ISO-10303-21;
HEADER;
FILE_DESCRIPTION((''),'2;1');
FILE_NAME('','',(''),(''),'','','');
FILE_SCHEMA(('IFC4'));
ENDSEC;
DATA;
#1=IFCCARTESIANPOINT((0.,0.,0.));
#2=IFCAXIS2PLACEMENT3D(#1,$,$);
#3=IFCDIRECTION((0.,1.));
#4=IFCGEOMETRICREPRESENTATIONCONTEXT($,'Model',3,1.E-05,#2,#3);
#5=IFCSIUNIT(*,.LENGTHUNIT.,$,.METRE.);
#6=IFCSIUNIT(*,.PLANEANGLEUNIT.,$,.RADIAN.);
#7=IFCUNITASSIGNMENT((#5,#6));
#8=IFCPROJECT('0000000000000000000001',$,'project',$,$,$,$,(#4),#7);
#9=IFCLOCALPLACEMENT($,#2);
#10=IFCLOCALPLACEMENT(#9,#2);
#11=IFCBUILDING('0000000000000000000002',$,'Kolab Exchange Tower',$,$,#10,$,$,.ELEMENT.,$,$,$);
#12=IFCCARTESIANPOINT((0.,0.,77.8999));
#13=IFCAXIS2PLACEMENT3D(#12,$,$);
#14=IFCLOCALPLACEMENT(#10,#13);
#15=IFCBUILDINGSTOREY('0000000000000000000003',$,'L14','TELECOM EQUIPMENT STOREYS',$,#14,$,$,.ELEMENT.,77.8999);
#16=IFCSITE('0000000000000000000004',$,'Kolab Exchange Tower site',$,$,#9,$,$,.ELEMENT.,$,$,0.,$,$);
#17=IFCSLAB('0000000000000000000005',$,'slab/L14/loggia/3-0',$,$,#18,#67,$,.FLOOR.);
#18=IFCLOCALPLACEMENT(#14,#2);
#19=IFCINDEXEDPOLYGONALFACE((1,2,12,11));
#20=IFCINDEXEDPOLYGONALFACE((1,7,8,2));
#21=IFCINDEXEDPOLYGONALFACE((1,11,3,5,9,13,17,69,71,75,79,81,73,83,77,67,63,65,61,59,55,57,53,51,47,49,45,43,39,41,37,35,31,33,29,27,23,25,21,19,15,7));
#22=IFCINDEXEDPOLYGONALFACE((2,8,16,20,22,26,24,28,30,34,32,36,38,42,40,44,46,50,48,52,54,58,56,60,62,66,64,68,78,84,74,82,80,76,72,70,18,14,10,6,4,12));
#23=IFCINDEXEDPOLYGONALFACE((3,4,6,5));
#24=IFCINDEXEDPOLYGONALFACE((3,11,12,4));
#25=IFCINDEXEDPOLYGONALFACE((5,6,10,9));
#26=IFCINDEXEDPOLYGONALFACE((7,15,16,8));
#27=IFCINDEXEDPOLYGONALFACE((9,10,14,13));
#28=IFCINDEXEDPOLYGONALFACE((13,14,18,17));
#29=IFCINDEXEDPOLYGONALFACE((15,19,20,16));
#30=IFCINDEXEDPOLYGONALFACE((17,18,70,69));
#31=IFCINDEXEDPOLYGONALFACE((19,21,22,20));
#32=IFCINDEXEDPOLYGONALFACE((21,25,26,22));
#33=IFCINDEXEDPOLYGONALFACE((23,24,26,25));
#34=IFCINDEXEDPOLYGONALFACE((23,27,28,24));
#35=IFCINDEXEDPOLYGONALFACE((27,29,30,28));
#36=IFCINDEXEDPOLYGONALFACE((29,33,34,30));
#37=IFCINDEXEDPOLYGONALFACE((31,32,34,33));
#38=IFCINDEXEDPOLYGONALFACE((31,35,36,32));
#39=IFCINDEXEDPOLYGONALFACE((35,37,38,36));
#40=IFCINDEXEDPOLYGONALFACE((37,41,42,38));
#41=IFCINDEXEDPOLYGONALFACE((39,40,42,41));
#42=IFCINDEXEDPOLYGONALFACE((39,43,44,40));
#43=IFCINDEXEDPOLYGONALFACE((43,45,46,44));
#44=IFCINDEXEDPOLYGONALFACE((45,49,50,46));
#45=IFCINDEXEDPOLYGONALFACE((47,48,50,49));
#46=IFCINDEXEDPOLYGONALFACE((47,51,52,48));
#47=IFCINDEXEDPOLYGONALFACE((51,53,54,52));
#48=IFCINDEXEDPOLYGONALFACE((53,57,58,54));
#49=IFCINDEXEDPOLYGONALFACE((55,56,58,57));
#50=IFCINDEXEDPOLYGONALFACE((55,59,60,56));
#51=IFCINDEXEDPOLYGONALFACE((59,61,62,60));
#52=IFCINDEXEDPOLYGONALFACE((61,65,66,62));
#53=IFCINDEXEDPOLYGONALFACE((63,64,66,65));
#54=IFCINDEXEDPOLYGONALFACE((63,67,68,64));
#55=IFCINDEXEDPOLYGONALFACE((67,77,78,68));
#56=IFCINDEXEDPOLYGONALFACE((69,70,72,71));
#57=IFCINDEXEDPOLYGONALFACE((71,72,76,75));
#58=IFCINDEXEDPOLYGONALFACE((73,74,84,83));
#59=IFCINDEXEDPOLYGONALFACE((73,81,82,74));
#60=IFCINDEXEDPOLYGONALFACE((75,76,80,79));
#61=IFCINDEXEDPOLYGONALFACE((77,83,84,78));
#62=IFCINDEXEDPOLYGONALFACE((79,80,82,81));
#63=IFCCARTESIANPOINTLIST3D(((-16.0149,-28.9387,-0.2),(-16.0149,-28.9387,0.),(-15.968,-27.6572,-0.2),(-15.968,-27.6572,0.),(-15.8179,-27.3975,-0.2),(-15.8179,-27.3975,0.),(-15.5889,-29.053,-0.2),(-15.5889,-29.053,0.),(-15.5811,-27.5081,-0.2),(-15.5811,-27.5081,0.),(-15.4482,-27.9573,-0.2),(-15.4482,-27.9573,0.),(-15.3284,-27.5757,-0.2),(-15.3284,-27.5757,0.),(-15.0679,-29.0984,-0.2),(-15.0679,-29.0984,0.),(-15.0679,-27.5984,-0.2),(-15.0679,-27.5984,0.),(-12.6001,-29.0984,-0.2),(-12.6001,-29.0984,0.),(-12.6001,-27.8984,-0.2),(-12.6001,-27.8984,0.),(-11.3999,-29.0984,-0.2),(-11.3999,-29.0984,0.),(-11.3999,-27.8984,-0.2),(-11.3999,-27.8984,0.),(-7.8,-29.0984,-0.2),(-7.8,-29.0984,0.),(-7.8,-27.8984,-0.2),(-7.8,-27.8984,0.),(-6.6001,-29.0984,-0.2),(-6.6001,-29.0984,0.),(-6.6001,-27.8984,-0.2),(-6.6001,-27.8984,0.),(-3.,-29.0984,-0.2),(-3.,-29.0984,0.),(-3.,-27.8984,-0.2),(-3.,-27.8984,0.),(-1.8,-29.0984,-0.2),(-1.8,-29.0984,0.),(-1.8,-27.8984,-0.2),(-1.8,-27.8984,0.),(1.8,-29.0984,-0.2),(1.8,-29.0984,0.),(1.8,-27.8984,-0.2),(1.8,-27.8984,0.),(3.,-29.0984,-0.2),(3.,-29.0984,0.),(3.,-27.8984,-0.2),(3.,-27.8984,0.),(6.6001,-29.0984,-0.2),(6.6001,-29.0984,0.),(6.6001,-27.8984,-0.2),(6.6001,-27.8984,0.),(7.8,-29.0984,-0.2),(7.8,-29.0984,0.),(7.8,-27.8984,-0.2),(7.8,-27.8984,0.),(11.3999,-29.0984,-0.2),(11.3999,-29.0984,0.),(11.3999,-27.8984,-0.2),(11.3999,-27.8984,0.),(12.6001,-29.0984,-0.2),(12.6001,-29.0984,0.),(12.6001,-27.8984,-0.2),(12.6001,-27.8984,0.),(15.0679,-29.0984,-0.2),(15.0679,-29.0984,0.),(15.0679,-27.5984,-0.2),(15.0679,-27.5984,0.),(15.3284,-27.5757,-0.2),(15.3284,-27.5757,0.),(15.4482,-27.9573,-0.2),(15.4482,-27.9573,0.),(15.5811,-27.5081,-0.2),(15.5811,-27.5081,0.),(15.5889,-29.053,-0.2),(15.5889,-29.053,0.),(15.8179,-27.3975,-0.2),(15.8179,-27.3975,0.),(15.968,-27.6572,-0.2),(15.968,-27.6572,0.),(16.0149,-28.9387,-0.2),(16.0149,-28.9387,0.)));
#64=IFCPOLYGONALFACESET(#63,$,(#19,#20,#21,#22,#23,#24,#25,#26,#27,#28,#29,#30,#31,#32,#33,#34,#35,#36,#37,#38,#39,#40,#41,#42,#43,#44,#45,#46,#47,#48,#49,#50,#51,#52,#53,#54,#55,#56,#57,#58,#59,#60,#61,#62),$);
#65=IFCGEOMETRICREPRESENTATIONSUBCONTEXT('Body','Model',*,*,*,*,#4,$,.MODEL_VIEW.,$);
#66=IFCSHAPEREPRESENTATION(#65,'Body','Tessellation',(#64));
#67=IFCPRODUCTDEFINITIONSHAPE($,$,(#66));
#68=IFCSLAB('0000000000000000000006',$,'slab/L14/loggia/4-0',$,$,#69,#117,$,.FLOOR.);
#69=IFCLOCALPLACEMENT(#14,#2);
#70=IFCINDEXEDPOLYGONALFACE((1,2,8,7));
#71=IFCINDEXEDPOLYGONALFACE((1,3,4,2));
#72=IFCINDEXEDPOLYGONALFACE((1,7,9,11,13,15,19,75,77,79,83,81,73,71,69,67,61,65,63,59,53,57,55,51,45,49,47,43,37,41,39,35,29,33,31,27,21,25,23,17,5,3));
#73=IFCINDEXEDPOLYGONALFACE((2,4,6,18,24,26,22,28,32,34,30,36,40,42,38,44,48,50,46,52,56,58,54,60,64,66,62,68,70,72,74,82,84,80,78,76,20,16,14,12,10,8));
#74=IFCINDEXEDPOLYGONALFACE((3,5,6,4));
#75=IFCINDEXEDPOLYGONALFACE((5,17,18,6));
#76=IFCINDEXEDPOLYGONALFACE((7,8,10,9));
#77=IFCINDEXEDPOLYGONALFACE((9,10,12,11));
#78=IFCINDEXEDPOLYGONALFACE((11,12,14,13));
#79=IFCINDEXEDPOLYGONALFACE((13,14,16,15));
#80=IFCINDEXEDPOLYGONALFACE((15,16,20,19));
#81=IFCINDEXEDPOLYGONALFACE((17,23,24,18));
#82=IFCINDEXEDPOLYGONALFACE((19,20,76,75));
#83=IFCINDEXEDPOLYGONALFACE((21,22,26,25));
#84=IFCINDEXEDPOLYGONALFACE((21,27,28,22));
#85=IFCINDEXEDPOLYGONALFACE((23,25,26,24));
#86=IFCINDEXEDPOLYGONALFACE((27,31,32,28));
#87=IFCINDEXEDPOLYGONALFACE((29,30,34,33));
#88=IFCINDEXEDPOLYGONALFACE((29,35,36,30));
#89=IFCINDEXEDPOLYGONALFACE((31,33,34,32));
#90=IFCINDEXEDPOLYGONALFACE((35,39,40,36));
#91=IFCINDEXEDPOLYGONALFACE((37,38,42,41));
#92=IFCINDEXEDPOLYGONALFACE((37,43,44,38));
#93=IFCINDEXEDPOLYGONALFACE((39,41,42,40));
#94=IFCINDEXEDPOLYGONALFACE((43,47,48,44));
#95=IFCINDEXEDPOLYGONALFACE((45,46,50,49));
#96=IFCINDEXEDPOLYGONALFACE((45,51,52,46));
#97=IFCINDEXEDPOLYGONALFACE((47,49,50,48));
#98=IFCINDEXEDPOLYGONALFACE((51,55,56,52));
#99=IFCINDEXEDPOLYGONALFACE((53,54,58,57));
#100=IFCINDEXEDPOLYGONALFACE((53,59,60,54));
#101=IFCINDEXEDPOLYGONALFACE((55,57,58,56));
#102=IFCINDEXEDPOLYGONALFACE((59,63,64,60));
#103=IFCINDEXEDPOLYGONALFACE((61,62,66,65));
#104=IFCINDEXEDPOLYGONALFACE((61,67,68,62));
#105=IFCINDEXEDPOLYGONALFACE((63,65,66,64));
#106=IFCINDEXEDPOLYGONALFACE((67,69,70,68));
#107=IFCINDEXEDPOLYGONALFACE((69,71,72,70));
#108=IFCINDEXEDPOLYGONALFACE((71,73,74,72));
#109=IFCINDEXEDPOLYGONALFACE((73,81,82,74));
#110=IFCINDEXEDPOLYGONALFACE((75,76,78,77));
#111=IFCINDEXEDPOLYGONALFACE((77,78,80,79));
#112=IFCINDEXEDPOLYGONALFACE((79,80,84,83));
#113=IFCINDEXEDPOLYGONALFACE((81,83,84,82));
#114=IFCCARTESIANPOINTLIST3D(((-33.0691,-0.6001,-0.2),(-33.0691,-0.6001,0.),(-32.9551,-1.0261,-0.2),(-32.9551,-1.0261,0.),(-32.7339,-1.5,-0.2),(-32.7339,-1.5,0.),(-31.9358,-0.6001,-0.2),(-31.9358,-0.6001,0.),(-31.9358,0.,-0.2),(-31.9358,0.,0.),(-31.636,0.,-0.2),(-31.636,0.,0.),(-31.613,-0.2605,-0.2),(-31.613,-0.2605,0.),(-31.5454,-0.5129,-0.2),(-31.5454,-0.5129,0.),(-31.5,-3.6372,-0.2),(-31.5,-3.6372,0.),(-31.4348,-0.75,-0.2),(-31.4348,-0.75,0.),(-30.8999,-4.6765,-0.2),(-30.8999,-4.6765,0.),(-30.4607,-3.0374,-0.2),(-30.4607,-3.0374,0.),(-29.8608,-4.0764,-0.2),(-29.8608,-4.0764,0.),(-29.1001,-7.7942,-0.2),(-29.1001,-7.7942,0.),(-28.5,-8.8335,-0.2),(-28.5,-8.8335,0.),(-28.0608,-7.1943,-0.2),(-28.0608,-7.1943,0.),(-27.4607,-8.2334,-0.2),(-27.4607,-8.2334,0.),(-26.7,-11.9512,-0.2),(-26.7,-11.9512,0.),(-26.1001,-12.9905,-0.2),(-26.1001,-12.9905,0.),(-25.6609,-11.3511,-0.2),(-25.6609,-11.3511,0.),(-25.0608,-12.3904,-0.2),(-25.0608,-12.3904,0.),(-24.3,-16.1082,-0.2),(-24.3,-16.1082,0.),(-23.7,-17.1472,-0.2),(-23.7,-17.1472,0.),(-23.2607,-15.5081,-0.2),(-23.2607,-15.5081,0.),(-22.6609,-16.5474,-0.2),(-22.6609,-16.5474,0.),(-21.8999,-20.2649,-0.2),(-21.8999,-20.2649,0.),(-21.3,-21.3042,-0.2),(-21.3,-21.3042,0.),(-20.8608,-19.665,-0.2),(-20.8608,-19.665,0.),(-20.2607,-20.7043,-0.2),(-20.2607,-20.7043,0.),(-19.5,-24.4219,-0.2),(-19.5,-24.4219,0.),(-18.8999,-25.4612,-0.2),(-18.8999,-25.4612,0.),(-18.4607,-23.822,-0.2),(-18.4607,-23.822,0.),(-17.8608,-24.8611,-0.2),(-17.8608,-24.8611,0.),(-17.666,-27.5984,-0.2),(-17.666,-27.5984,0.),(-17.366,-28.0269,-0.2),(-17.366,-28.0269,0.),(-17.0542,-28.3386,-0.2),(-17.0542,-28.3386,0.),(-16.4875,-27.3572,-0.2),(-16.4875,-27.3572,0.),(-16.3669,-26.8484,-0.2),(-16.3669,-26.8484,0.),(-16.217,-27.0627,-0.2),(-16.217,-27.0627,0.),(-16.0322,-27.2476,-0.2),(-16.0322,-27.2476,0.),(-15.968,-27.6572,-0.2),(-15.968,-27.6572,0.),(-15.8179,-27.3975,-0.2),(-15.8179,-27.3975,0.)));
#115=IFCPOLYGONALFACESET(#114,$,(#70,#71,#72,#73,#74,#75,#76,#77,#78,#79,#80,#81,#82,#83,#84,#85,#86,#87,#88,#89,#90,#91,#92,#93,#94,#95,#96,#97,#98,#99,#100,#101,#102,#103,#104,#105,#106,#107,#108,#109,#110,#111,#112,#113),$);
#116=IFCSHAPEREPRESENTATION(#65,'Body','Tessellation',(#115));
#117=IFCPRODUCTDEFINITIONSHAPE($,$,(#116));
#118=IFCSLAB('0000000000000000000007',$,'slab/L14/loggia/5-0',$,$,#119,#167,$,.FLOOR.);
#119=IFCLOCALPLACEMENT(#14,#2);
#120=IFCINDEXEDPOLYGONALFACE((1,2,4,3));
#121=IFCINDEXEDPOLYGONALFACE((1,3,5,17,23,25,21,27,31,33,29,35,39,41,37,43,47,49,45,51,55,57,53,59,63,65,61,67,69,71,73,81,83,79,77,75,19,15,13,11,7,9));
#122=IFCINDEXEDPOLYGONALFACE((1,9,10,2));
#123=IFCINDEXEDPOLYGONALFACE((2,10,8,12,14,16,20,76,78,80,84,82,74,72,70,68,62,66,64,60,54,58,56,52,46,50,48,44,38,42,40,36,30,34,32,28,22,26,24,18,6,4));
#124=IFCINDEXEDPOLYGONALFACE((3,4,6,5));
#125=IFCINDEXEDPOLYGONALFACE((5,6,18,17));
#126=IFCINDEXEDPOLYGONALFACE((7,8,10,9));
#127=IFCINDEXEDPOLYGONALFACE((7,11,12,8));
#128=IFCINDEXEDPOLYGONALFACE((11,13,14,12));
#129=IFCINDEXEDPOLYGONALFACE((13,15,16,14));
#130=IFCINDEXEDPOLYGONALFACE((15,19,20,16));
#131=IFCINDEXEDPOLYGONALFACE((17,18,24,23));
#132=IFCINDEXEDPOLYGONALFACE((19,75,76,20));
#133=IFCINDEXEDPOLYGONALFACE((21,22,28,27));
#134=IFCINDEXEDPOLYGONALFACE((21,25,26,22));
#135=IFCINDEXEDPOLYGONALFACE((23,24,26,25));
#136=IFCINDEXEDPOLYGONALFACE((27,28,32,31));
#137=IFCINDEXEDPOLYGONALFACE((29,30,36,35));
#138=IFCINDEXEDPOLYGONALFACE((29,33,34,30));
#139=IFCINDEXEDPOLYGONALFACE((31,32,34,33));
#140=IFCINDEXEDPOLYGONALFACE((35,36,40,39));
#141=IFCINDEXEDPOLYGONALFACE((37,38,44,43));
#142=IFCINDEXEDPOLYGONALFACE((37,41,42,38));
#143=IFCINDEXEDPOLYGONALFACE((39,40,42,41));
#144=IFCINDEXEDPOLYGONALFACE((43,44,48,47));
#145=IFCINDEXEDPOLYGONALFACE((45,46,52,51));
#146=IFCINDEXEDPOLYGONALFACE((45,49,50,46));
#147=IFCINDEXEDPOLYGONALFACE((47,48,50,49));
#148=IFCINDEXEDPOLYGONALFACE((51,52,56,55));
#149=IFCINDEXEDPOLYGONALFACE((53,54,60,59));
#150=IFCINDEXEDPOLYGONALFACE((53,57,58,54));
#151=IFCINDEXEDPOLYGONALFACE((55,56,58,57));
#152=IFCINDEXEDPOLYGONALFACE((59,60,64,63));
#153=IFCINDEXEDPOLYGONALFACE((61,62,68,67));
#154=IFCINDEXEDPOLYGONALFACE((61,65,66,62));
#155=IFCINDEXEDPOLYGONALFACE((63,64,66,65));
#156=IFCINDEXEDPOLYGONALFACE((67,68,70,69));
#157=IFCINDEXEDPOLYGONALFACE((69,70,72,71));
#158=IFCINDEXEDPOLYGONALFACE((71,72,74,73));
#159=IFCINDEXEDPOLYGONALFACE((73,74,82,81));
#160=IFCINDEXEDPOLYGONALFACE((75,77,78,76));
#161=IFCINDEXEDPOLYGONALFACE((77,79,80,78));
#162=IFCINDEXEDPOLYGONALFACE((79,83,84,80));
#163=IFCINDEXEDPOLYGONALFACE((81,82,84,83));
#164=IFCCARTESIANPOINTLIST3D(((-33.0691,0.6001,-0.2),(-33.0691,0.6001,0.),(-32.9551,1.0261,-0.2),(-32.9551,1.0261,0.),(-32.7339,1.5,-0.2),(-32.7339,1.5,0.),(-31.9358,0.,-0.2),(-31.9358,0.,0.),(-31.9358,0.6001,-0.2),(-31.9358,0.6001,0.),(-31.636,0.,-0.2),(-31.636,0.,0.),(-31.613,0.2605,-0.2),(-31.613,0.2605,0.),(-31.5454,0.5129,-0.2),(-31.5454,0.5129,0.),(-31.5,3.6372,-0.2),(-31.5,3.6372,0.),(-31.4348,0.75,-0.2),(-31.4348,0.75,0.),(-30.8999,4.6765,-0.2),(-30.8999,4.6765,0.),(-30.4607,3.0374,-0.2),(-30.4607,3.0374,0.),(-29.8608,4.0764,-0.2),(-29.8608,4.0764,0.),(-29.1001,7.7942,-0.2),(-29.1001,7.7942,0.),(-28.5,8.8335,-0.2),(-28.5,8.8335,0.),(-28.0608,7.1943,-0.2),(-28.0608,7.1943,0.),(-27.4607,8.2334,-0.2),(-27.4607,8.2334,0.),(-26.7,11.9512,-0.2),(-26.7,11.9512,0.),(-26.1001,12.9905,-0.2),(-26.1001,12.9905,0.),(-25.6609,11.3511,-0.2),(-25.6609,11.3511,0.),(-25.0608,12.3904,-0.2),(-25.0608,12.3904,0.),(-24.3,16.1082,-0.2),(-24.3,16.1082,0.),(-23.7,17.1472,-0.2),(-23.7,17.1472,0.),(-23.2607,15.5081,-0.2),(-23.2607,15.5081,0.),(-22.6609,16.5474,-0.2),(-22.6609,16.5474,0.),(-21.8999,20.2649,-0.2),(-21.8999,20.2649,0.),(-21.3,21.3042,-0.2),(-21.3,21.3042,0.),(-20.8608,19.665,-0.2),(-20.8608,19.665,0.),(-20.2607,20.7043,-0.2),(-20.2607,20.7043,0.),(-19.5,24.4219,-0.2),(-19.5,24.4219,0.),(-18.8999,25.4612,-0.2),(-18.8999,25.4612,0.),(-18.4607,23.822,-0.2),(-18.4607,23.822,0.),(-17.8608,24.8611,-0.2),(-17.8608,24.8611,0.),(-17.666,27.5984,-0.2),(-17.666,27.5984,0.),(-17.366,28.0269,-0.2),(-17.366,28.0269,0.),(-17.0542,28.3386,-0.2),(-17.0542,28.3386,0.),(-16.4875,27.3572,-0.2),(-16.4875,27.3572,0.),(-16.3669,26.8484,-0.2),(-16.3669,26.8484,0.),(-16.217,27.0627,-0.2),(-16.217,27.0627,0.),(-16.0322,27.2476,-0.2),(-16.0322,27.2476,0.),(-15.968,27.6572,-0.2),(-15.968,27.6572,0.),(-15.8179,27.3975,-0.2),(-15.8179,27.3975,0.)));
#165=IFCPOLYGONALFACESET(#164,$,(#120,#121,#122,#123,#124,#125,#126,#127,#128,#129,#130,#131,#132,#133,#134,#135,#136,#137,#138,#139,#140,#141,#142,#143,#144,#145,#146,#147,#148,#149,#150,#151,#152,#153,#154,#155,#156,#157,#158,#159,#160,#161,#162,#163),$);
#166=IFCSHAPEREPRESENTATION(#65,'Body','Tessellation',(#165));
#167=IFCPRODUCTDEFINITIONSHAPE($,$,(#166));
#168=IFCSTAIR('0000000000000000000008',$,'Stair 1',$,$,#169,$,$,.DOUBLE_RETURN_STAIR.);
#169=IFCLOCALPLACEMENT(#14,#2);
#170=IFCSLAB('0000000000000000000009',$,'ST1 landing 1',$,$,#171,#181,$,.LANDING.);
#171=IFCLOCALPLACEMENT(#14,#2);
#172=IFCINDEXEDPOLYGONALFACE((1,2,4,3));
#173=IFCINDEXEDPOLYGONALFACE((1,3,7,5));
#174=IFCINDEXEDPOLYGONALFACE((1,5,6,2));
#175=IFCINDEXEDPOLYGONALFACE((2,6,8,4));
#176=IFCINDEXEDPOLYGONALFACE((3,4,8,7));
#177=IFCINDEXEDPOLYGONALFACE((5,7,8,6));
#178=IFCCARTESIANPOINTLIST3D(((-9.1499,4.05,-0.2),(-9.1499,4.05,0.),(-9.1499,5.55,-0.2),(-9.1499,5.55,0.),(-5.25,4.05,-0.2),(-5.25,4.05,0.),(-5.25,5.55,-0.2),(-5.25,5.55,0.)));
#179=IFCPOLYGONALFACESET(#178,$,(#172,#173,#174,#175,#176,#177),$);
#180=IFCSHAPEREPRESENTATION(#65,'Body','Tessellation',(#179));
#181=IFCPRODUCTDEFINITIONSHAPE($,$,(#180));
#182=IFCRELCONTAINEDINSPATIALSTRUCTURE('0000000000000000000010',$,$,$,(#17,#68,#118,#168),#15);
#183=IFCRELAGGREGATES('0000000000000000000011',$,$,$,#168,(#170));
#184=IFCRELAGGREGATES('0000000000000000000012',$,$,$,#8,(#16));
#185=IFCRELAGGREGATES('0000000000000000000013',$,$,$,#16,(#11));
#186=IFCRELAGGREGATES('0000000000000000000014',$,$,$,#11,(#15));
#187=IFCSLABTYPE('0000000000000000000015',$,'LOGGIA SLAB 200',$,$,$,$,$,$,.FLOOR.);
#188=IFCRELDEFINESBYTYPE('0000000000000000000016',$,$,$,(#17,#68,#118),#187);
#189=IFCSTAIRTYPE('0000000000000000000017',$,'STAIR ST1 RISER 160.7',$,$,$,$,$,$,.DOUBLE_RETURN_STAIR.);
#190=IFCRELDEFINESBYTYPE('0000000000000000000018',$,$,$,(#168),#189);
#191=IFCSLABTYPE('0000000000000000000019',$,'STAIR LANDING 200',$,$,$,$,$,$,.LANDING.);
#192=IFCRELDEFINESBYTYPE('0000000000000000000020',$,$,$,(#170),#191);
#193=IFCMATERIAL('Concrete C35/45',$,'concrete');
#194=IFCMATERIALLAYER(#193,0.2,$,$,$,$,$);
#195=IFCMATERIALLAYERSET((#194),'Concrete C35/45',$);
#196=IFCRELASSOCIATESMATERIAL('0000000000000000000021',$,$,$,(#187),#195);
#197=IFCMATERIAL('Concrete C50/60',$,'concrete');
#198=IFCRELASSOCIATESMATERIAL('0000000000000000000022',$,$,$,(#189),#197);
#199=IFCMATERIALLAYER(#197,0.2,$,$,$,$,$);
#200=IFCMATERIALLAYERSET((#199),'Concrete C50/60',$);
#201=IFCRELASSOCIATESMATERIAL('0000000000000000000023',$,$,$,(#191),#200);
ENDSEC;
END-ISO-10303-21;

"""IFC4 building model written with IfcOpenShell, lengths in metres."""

from ifc_helpers import new_model, si_unit, direction, frame, origin, place, context, subcontext, project, spatial, polyline, outline, extrude, material, layer, layer_set, type_object, element, aggregate, save


model = new_model("IFC4")

# Units and contexts
model_context = context("Model", 3, precision=1e-05, world=origin(), true_north=direction((0.0, 1.0)))
body_context = subcontext(model_context, "Body", "Model", "MODEL_VIEW")
ifc_project = project(units=[si_unit("LENGTHUNIT", "METRE"), si_unit("PLANEANGLEUNIT", "RADIAN")], contexts=[model_context])

# Site, building, storey
site_placement = place(None, origin())
site = spatial("IfcSite", under=ifc_project, at=site_placement, Name="Kolab Exchange Tower site", CompositionType="ELEMENT", RefElevation=0.0)
building_placement = place(site_placement, origin())
building = spatial("IfcBuilding", under=site, at=building_placement, Name="Kolab Exchange Tower", CompositionType="ELEMENT")
storey_placement = place(building_placement, frame((0.0, 0.0, 77.8999)))
storey = spatial("IfcBuildingStorey", under=building, at=storey_placement, Name="L14", Description="TELECOM EQUIPMENT STOREYS", CompositionType="ELEMENT", Elevation=77.8999)

# Slabs
ifc_material_1 = material(Name="Concrete C35/45", Category="concrete")
ifc_layer_1 = layer(ifc_material_1, 0.2)
ifc_layer_set_1 = layer_set([ifc_layer_1], Name="Concrete C35/45")
slab_type_1 = type_object("IfcSlabType", Name="LOGGIA SLAB 200", PredefinedType="FLOOR", material=ifc_layer_set_1)
slab_1_placement = place(storey_placement, frame((0.0, 0.0, -0.2)))
element("IfcSlab", 1, at=slab_1_placement, inside=storey, type_object=slab_type_1, Name="slab/L14/loggia/3-0", PredefinedType="FLOOR", context=body_context, shape_type="SweptSolid", body=[
    extrude(outline(polyline([(-15.8179, -27.3975), (-15.968, -27.6572), (-15.4482, -27.9573), (-16.0149, -28.9387), (-15.5889, -29.053), (-15.0679, -29.0984), (-12.6001, -29.0984), (-12.6001, -27.8984), (-11.3999, -27.8984), (-11.3999, -29.0984), (-7.8, -29.0984), (-7.8, -27.8984), (-6.6001, -27.8984), (-6.6001, -29.0984), (-3.0, -29.0984), (-3.0, -27.8984), (-1.8, -27.8984), (-1.8, -29.0984), (1.8, -29.0984), (1.8, -27.8984), (3.0, -27.8984), (3.0, -29.0984), (6.6001, -29.0984), (6.6001, -27.8984), (7.8, -27.8984), (7.8, -29.0984), (11.3999, -29.0984), (11.3999, -27.8984), (12.6001, -27.8984), (12.6001, -29.0984), (15.0679, -29.0984), (15.5889, -29.053), (16.0149, -28.9387), (15.4482, -27.9573), (15.968, -27.6572), (15.8179, -27.3975), (15.5811, -27.5081), (15.3284, -27.5757), (15.0679, -27.5984), (-15.0679, -27.5984), (-15.3284, -27.5757), (-15.5811, -27.5081), (-15.8179, -27.3975)])), origin(), (0.0, 0.0, 1.0), 0.2),
])
slab_2_placement = place(storey_placement, frame((0.0, 0.0, -0.2)))
element("IfcSlab", 2, at=slab_2_placement, inside=storey, type_object=slab_type_1, Name="slab/L14/loggia/4-0", PredefinedType="FLOOR", context=body_context, shape_type="SweptSolid", body=[
    extrude(outline(polyline([(-31.636, 0.0), (-31.9358, 0.0), (-31.9358, -0.6001), (-33.0691, -0.6001), (-32.9551, -1.0261), (-32.7339, -1.5), (-31.5, -3.6372), (-30.4607, -3.0374), (-29.8608, -4.0764), (-30.8999, -4.6765), (-29.1001, -7.7942), (-28.0608, -7.1943), (-27.4607, -8.2334), (-28.5, -8.8335), (-26.7, -11.9512), (-25.6609, -11.3511), (-25.0608, -12.3904), (-26.1001, -12.9905), (-24.3, -16.1082), (-23.2607, -15.5081), (-22.6609, -16.5474), (-23.7, -17.1472), (-21.8999, -20.2649), (-20.8608, -19.665), (-20.2607, -20.7043), (-21.3, -21.3042), (-19.5, -24.4219), (-18.4607, -23.822), (-17.8608, -24.8611), (-18.8999, -25.4612), (-17.666, -27.5984), (-17.366, -28.0269), (-17.0542, -28.3386), (-16.4875, -27.3572), (-15.968, -27.6572), (-15.8179, -27.3975), (-16.0322, -27.2476), (-16.217, -27.0627), (-16.3669, -26.8484), (-31.4348, -0.75), (-31.5454, -0.5129), (-31.613, -0.2605), (-31.636, 0.0)])), origin(), (0.0, 0.0, 1.0), 0.2),
])
slab_3_placement = place(storey_placement, frame((0.0, 0.0, -0.2)))
element("IfcSlab", 3, at=slab_3_placement, inside=storey, type_object=slab_type_1, Name="slab/L14/loggia/5-0", PredefinedType="FLOOR", context=body_context, shape_type="SweptSolid", body=[
    extrude(outline(polyline([(-15.8179, 27.3975), (-15.968, 27.6572), (-16.4875, 27.3572), (-17.0542, 28.3386), (-17.366, 28.0269), (-17.666, 27.5984), (-18.8999, 25.4612), (-17.8608, 24.8611), (-18.4607, 23.822), (-19.5, 24.4219), (-21.3, 21.3042), (-20.2607, 20.7043), (-20.8608, 19.665), (-21.8999, 20.2649), (-23.7, 17.1472), (-22.6609, 16.5474), (-23.2607, 15.5081), (-24.3, 16.1082), (-26.1001, 12.9905), (-25.0608, 12.3904), (-25.6609, 11.3511), (-26.7, 11.9512), (-28.5, 8.8335), (-27.4607, 8.2334), (-28.0608, 7.1943), (-29.1001, 7.7942), (-30.8999, 4.6765), (-29.8608, 4.0764), (-30.4607, 3.0374), (-31.5, 3.6372), (-32.7339, 1.5), (-32.9551, 1.0261), (-33.0691, 0.6001), (-31.9358, 0.6001), (-31.9358, 0.0), (-31.636, 0.0), (-31.613, 0.2605), (-31.5454, 0.5129), (-31.4348, 0.75), (-16.3669, 26.8484), (-16.217, 27.0627), (-16.0322, 27.2476), (-15.8179, 27.3975)])), origin(), (0.0, 0.0, 1.0), 0.2),
])

# Stair, slab
ifc_material_2 = material(Name="Concrete C50/60", Category="concrete")
stair_type_1 = type_object("IfcStairType", Name="STAIR ST1 RISER 160.7", PredefinedType="DOUBLE_RETURN_STAIR", material=ifc_material_2)
stair_1_placement = place(storey_placement, origin())
stair_1 = element("IfcStair", 4, at=stair_1_placement, inside=storey, type_object=stair_type_1, Name="Stair 1", PredefinedType="DOUBLE_RETURN_STAIR")
ifc_layer_2 = layer(ifc_material_2, 0.2)
ifc_layer_set_2 = layer_set([ifc_layer_2], Name="Concrete C50/60")
slab_type_2 = type_object("IfcSlabType", Name="STAIR LANDING 200", PredefinedType="LANDING", material=ifc_layer_set_2)
slab_4_placement = place(storey_placement, frame((0.0, 0.0, -0.2)))
slab_4 = element("IfcSlab", 5, at=slab_4_placement, type_object=slab_type_2, Name="ST1 landing 1", PredefinedType="LANDING", context=body_context, shape_type="SweptSolid", body=[
    extrude(outline(polyline([(-9.1499, 4.05), (-5.25, 4.05), (-5.25, 5.55), (-9.1499, 5.55), (-9.1499, 4.05)])), origin(), (0.0, 0.0, 1.0), 0.2),
])
aggregate(stair_1, [slab_4])

save(model, "model.ifc")
